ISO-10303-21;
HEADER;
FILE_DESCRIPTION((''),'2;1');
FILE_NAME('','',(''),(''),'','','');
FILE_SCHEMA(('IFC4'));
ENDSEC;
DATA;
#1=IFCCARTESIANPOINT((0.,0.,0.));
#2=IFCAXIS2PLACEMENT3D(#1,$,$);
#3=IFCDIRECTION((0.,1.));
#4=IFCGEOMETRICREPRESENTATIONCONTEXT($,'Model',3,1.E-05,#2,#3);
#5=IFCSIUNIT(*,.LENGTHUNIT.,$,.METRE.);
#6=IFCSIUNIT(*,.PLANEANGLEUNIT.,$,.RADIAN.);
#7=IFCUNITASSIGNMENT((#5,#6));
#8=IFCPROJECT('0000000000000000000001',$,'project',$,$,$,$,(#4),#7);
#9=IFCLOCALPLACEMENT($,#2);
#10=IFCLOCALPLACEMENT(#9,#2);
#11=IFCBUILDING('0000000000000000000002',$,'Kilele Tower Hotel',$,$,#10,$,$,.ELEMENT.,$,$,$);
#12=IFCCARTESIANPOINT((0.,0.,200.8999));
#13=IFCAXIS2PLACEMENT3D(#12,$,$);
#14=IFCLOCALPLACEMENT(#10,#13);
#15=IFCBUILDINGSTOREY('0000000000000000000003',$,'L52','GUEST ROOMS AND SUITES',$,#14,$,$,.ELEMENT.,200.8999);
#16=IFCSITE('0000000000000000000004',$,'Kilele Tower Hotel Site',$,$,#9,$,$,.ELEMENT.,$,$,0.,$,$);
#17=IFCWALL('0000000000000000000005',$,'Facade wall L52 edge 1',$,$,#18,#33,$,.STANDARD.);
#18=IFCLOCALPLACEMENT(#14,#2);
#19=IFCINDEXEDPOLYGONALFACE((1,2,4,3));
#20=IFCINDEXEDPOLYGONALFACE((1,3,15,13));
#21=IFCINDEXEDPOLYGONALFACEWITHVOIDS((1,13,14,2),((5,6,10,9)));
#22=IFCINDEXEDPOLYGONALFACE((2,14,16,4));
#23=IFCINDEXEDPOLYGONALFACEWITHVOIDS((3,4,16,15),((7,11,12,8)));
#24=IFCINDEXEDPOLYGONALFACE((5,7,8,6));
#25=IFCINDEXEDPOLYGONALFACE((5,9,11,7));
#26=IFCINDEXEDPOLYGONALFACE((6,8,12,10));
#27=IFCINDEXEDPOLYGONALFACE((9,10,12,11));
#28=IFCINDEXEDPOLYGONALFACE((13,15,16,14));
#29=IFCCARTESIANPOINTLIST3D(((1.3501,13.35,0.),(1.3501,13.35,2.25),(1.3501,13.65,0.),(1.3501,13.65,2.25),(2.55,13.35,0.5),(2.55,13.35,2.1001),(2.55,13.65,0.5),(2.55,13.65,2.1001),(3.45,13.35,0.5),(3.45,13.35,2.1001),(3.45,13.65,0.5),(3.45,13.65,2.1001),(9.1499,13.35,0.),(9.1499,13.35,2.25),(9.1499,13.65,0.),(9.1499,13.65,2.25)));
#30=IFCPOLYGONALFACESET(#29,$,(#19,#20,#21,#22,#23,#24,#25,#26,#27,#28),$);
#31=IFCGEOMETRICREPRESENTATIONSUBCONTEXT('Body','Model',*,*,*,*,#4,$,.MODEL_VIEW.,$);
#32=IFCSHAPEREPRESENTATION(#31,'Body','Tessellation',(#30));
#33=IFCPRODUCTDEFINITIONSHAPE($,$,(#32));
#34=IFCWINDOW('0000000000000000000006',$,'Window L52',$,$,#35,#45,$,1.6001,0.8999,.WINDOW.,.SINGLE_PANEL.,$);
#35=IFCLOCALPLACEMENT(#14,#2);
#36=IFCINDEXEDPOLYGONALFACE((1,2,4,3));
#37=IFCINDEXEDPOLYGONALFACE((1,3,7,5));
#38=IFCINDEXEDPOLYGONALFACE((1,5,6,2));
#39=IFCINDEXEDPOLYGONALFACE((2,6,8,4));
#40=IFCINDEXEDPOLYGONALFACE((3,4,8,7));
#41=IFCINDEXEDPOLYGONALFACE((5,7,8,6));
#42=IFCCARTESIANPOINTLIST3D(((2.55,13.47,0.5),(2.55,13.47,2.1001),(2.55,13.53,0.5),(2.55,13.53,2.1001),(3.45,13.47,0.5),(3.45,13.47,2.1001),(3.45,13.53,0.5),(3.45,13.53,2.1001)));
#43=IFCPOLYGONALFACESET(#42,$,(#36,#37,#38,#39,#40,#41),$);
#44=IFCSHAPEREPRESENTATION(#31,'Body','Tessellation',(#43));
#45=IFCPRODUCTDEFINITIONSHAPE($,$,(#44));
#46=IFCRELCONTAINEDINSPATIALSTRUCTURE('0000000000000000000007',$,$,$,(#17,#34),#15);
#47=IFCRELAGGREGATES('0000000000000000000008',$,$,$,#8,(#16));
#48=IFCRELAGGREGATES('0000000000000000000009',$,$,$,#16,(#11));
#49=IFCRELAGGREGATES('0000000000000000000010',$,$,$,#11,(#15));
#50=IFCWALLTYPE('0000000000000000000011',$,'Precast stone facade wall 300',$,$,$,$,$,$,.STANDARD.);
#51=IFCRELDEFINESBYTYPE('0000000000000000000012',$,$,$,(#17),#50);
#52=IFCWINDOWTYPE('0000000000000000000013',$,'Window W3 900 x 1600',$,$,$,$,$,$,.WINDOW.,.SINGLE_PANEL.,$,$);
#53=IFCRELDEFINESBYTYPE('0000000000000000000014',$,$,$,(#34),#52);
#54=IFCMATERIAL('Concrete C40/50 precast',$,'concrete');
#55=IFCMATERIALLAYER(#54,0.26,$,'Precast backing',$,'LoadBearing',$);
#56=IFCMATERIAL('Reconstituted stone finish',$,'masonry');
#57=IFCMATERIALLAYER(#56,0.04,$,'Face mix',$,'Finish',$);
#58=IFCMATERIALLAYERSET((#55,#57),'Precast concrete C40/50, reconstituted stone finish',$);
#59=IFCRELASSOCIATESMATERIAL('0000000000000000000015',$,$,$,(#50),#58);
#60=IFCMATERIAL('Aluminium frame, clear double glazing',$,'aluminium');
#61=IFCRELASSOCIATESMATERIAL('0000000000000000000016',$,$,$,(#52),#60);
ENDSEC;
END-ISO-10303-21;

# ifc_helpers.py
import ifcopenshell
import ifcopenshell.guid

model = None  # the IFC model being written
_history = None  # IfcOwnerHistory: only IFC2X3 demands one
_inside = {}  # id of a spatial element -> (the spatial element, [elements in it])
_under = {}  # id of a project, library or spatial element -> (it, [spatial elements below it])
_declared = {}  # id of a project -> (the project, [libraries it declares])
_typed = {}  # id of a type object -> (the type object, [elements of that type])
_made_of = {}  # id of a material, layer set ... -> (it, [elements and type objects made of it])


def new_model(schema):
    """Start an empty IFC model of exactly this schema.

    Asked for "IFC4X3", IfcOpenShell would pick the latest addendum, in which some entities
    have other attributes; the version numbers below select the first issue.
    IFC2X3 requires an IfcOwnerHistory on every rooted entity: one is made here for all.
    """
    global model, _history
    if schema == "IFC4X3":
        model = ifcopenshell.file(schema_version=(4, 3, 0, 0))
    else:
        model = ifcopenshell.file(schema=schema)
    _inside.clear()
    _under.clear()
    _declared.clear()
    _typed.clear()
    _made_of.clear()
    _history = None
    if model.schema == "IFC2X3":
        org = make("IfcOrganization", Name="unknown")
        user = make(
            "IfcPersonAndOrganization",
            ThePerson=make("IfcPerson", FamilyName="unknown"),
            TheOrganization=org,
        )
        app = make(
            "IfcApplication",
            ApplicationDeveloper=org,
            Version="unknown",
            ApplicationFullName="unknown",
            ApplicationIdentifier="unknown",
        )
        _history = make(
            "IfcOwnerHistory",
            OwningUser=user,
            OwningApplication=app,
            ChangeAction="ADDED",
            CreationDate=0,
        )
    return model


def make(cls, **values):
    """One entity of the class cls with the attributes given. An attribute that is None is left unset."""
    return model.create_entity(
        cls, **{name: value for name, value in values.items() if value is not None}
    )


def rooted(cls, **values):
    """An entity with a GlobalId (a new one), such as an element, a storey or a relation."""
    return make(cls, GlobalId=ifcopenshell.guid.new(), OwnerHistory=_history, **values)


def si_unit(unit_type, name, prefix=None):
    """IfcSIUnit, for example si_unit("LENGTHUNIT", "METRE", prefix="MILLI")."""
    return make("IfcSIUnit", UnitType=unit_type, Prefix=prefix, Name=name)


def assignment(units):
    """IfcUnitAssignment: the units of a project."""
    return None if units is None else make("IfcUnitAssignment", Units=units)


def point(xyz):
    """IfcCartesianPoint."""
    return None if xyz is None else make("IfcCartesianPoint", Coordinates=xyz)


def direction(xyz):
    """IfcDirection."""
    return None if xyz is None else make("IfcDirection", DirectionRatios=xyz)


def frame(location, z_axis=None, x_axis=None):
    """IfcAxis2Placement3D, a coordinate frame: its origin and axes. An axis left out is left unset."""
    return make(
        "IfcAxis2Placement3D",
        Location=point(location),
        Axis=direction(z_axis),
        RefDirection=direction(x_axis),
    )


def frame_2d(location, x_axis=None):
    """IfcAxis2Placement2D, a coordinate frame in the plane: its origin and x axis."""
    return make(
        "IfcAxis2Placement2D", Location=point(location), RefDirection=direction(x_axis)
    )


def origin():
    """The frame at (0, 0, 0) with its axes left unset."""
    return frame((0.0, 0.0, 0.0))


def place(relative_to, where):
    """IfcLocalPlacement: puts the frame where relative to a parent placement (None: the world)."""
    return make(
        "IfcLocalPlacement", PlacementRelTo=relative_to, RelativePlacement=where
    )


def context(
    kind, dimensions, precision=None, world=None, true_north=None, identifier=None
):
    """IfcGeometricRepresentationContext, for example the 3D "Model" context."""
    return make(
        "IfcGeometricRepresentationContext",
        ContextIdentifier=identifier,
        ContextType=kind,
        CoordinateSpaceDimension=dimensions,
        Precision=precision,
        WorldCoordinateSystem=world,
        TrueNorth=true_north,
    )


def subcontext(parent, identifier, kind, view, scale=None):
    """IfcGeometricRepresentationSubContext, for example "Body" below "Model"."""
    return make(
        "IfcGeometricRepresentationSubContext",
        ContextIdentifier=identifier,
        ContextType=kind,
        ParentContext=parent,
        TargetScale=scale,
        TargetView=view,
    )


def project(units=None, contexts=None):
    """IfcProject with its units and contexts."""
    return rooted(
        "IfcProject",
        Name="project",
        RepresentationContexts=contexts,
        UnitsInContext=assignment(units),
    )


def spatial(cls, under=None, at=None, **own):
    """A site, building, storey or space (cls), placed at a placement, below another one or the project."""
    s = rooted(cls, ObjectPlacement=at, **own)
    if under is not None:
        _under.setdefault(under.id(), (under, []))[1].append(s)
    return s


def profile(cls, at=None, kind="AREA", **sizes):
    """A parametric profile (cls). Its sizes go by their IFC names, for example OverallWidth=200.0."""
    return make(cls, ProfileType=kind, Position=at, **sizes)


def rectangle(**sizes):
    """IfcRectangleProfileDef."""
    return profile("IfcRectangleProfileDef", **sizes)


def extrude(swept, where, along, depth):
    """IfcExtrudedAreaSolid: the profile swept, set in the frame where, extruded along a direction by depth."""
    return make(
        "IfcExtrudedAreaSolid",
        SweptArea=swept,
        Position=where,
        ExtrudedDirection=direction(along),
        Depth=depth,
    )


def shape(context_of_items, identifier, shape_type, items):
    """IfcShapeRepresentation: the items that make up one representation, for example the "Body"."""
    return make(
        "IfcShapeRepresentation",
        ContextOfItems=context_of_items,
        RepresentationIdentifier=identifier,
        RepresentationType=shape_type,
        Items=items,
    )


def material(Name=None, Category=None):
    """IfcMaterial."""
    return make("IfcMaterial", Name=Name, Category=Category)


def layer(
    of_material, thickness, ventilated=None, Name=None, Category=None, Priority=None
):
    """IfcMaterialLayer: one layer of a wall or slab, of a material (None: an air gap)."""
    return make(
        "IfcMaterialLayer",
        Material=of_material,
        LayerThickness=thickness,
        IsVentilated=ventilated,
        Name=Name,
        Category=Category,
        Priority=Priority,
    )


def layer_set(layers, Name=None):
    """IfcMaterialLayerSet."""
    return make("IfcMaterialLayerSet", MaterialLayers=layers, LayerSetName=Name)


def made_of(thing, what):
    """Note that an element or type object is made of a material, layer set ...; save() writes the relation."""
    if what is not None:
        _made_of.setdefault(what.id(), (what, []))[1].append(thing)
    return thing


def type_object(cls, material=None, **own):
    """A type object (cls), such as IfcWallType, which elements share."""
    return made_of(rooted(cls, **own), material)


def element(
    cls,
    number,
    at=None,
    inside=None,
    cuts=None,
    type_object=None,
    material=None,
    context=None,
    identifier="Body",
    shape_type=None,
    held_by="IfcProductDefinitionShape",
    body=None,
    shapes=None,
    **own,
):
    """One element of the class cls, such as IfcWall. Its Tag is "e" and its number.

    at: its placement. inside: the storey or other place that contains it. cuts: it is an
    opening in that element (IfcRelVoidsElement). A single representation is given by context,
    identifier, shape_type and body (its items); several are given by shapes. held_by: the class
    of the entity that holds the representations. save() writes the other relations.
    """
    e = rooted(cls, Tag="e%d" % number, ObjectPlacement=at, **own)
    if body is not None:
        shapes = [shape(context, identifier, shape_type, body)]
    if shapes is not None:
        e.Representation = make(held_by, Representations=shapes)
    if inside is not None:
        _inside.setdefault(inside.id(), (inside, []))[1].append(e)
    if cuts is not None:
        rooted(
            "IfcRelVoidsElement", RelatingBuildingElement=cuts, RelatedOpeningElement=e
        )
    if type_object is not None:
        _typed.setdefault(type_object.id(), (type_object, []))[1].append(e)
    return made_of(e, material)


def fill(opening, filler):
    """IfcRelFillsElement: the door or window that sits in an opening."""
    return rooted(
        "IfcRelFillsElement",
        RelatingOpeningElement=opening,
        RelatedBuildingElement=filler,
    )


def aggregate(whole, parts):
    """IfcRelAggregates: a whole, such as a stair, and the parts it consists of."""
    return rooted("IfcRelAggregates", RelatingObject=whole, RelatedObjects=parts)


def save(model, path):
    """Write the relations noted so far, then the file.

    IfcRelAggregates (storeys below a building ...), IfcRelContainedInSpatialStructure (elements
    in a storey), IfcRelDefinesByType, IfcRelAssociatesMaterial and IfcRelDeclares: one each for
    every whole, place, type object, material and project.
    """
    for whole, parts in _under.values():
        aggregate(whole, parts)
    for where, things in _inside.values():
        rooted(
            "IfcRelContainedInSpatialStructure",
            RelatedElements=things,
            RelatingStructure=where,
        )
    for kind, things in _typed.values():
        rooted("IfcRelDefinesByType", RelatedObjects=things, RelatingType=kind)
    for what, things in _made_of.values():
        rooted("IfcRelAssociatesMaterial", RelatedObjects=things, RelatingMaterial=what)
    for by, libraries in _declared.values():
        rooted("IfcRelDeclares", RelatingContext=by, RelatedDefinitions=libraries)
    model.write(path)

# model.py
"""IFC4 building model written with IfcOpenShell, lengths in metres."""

from ifc_helpers import new_model, si_unit, direction, frame, frame_2d, origin, place, context, subcontext, project, spatial, rectangle, extrude, material, layer, layer_set, type_object, element, fill, save


model = new_model("IFC4")

# Units and contexts
model_context = context("Model", 3, precision=1e-05, world=origin(), true_north=direction((0.0, 1.0)))
body_context = subcontext(model_context, "Body", "Model", "MODEL_VIEW")
ifc_project = project(units=[si_unit("LENGTHUNIT", "METRE"), si_unit("PLANEANGLEUNIT", "RADIAN")], contexts=[model_context])

# Site, building, storey
site_placement = place(None, origin())
site = spatial("IfcSite", under=ifc_project, at=site_placement, Name="Kilele Tower Hotel Site", CompositionType="ELEMENT", RefElevation=0.0)
building_placement = place(site_placement, origin())
building = spatial("IfcBuilding", under=site, at=building_placement, Name="Kilele Tower Hotel", CompositionType="ELEMENT")
storey_placement = place(building_placement, frame((0.0, 0.0, 200.8999)))
storey = spatial("IfcBuildingStorey", under=building, at=storey_placement, Name="L52", Description="GUEST ROOMS AND SUITES", CompositionType="ELEMENT", Elevation=200.8999)

# Wall, opening, window
ifc_material_1 = material(Name="Concrete C40/50 precast", Category="concrete")
ifc_layer_1 = layer(ifc_material_1, 0.26, Name="Precast backing", Category="LoadBearing")
ifc_material_2 = material(Name="Reconstituted stone finish", Category="masonry")
ifc_layer_2 = layer(ifc_material_2, 0.04, Name="Face mix", Category="Finish")
ifc_layer_set_1 = layer_set([ifc_layer_1, ifc_layer_2], Name="Precast concrete C40/50, reconstituted stone finish")
wall_type = type_object("IfcWallType", Name="Precast stone facade wall 300", PredefinedType="STANDARD", material=ifc_layer_set_1)
wall_1_placement = place(storey_placement, frame((1.3501, 13.5, 0.0), z_axis=(0.0, 0.0, 1.0), x_axis=(1.0, 0.0, 0.0)))
wall_1 = element("IfcWall", 1, at=wall_1_placement, inside=storey, type_object=wall_type, Name="Facade wall L52 edge 1", PredefinedType="STANDARD", context=body_context, shape_type="SweptSolid", body=[
    extrude(rectangle(XDim=7.7998, YDim=0.3, at=frame_2d((3.8999, 0.0))), origin(), (0.0, 0.0, 1.0), 2.25),
])
opening_1_placement = place(wall_1_placement, frame((1.2, 0.0, 0.5)))
opening_1 = element("IfcOpeningElement", 2, at=opening_1_placement, cuts=wall_1, PredefinedType="OPENING", context=body_context, shape_type="SweptSolid", body=[
    extrude(rectangle(XDim=0.8999, YDim=1.6001, at=frame_2d((0.45, 0.8))), frame((0.0, 0.1599, 0.0), z_axis=(0.0, -1.0, 0.0), x_axis=(1.0, 0.0, 0.0)), (0.0, 0.0, 1.0), 0.3201),
])
ifc_material_3 = material(Name="Aluminium frame, clear double glazing", Category="aluminium")
window_type_1 = type_object("IfcWindowType", Name="Window W3 900 x 1600", PartitioningType="SINGLE_PANEL", PredefinedType="WINDOW", material=ifc_material_3)
window_1_placement = place(opening_1_placement, origin())
window_1 = element("IfcWindow", 3, at=window_1_placement, inside=storey, type_object=window_type_1, Name="Window L52", OverallHeight=1.6001, OverallWidth=0.8999, PartitioningType="SINGLE_PANEL", PredefinedType="WINDOW", context=body_context, shape_type="SweptSolid", body=[
    extrude(rectangle(XDim=0.8999, YDim=1.6001, at=frame_2d((0.45, 0.8))), frame((0.0, 0.03, 0.0), z_axis=(0.0, -1.0, 0.0), x_axis=(1.0, 0.0, 0.0)), (0.0, 0.0, 1.0), 0.0601),
])
fill(opening_1, window_1)

save(model, "model.ifc")
